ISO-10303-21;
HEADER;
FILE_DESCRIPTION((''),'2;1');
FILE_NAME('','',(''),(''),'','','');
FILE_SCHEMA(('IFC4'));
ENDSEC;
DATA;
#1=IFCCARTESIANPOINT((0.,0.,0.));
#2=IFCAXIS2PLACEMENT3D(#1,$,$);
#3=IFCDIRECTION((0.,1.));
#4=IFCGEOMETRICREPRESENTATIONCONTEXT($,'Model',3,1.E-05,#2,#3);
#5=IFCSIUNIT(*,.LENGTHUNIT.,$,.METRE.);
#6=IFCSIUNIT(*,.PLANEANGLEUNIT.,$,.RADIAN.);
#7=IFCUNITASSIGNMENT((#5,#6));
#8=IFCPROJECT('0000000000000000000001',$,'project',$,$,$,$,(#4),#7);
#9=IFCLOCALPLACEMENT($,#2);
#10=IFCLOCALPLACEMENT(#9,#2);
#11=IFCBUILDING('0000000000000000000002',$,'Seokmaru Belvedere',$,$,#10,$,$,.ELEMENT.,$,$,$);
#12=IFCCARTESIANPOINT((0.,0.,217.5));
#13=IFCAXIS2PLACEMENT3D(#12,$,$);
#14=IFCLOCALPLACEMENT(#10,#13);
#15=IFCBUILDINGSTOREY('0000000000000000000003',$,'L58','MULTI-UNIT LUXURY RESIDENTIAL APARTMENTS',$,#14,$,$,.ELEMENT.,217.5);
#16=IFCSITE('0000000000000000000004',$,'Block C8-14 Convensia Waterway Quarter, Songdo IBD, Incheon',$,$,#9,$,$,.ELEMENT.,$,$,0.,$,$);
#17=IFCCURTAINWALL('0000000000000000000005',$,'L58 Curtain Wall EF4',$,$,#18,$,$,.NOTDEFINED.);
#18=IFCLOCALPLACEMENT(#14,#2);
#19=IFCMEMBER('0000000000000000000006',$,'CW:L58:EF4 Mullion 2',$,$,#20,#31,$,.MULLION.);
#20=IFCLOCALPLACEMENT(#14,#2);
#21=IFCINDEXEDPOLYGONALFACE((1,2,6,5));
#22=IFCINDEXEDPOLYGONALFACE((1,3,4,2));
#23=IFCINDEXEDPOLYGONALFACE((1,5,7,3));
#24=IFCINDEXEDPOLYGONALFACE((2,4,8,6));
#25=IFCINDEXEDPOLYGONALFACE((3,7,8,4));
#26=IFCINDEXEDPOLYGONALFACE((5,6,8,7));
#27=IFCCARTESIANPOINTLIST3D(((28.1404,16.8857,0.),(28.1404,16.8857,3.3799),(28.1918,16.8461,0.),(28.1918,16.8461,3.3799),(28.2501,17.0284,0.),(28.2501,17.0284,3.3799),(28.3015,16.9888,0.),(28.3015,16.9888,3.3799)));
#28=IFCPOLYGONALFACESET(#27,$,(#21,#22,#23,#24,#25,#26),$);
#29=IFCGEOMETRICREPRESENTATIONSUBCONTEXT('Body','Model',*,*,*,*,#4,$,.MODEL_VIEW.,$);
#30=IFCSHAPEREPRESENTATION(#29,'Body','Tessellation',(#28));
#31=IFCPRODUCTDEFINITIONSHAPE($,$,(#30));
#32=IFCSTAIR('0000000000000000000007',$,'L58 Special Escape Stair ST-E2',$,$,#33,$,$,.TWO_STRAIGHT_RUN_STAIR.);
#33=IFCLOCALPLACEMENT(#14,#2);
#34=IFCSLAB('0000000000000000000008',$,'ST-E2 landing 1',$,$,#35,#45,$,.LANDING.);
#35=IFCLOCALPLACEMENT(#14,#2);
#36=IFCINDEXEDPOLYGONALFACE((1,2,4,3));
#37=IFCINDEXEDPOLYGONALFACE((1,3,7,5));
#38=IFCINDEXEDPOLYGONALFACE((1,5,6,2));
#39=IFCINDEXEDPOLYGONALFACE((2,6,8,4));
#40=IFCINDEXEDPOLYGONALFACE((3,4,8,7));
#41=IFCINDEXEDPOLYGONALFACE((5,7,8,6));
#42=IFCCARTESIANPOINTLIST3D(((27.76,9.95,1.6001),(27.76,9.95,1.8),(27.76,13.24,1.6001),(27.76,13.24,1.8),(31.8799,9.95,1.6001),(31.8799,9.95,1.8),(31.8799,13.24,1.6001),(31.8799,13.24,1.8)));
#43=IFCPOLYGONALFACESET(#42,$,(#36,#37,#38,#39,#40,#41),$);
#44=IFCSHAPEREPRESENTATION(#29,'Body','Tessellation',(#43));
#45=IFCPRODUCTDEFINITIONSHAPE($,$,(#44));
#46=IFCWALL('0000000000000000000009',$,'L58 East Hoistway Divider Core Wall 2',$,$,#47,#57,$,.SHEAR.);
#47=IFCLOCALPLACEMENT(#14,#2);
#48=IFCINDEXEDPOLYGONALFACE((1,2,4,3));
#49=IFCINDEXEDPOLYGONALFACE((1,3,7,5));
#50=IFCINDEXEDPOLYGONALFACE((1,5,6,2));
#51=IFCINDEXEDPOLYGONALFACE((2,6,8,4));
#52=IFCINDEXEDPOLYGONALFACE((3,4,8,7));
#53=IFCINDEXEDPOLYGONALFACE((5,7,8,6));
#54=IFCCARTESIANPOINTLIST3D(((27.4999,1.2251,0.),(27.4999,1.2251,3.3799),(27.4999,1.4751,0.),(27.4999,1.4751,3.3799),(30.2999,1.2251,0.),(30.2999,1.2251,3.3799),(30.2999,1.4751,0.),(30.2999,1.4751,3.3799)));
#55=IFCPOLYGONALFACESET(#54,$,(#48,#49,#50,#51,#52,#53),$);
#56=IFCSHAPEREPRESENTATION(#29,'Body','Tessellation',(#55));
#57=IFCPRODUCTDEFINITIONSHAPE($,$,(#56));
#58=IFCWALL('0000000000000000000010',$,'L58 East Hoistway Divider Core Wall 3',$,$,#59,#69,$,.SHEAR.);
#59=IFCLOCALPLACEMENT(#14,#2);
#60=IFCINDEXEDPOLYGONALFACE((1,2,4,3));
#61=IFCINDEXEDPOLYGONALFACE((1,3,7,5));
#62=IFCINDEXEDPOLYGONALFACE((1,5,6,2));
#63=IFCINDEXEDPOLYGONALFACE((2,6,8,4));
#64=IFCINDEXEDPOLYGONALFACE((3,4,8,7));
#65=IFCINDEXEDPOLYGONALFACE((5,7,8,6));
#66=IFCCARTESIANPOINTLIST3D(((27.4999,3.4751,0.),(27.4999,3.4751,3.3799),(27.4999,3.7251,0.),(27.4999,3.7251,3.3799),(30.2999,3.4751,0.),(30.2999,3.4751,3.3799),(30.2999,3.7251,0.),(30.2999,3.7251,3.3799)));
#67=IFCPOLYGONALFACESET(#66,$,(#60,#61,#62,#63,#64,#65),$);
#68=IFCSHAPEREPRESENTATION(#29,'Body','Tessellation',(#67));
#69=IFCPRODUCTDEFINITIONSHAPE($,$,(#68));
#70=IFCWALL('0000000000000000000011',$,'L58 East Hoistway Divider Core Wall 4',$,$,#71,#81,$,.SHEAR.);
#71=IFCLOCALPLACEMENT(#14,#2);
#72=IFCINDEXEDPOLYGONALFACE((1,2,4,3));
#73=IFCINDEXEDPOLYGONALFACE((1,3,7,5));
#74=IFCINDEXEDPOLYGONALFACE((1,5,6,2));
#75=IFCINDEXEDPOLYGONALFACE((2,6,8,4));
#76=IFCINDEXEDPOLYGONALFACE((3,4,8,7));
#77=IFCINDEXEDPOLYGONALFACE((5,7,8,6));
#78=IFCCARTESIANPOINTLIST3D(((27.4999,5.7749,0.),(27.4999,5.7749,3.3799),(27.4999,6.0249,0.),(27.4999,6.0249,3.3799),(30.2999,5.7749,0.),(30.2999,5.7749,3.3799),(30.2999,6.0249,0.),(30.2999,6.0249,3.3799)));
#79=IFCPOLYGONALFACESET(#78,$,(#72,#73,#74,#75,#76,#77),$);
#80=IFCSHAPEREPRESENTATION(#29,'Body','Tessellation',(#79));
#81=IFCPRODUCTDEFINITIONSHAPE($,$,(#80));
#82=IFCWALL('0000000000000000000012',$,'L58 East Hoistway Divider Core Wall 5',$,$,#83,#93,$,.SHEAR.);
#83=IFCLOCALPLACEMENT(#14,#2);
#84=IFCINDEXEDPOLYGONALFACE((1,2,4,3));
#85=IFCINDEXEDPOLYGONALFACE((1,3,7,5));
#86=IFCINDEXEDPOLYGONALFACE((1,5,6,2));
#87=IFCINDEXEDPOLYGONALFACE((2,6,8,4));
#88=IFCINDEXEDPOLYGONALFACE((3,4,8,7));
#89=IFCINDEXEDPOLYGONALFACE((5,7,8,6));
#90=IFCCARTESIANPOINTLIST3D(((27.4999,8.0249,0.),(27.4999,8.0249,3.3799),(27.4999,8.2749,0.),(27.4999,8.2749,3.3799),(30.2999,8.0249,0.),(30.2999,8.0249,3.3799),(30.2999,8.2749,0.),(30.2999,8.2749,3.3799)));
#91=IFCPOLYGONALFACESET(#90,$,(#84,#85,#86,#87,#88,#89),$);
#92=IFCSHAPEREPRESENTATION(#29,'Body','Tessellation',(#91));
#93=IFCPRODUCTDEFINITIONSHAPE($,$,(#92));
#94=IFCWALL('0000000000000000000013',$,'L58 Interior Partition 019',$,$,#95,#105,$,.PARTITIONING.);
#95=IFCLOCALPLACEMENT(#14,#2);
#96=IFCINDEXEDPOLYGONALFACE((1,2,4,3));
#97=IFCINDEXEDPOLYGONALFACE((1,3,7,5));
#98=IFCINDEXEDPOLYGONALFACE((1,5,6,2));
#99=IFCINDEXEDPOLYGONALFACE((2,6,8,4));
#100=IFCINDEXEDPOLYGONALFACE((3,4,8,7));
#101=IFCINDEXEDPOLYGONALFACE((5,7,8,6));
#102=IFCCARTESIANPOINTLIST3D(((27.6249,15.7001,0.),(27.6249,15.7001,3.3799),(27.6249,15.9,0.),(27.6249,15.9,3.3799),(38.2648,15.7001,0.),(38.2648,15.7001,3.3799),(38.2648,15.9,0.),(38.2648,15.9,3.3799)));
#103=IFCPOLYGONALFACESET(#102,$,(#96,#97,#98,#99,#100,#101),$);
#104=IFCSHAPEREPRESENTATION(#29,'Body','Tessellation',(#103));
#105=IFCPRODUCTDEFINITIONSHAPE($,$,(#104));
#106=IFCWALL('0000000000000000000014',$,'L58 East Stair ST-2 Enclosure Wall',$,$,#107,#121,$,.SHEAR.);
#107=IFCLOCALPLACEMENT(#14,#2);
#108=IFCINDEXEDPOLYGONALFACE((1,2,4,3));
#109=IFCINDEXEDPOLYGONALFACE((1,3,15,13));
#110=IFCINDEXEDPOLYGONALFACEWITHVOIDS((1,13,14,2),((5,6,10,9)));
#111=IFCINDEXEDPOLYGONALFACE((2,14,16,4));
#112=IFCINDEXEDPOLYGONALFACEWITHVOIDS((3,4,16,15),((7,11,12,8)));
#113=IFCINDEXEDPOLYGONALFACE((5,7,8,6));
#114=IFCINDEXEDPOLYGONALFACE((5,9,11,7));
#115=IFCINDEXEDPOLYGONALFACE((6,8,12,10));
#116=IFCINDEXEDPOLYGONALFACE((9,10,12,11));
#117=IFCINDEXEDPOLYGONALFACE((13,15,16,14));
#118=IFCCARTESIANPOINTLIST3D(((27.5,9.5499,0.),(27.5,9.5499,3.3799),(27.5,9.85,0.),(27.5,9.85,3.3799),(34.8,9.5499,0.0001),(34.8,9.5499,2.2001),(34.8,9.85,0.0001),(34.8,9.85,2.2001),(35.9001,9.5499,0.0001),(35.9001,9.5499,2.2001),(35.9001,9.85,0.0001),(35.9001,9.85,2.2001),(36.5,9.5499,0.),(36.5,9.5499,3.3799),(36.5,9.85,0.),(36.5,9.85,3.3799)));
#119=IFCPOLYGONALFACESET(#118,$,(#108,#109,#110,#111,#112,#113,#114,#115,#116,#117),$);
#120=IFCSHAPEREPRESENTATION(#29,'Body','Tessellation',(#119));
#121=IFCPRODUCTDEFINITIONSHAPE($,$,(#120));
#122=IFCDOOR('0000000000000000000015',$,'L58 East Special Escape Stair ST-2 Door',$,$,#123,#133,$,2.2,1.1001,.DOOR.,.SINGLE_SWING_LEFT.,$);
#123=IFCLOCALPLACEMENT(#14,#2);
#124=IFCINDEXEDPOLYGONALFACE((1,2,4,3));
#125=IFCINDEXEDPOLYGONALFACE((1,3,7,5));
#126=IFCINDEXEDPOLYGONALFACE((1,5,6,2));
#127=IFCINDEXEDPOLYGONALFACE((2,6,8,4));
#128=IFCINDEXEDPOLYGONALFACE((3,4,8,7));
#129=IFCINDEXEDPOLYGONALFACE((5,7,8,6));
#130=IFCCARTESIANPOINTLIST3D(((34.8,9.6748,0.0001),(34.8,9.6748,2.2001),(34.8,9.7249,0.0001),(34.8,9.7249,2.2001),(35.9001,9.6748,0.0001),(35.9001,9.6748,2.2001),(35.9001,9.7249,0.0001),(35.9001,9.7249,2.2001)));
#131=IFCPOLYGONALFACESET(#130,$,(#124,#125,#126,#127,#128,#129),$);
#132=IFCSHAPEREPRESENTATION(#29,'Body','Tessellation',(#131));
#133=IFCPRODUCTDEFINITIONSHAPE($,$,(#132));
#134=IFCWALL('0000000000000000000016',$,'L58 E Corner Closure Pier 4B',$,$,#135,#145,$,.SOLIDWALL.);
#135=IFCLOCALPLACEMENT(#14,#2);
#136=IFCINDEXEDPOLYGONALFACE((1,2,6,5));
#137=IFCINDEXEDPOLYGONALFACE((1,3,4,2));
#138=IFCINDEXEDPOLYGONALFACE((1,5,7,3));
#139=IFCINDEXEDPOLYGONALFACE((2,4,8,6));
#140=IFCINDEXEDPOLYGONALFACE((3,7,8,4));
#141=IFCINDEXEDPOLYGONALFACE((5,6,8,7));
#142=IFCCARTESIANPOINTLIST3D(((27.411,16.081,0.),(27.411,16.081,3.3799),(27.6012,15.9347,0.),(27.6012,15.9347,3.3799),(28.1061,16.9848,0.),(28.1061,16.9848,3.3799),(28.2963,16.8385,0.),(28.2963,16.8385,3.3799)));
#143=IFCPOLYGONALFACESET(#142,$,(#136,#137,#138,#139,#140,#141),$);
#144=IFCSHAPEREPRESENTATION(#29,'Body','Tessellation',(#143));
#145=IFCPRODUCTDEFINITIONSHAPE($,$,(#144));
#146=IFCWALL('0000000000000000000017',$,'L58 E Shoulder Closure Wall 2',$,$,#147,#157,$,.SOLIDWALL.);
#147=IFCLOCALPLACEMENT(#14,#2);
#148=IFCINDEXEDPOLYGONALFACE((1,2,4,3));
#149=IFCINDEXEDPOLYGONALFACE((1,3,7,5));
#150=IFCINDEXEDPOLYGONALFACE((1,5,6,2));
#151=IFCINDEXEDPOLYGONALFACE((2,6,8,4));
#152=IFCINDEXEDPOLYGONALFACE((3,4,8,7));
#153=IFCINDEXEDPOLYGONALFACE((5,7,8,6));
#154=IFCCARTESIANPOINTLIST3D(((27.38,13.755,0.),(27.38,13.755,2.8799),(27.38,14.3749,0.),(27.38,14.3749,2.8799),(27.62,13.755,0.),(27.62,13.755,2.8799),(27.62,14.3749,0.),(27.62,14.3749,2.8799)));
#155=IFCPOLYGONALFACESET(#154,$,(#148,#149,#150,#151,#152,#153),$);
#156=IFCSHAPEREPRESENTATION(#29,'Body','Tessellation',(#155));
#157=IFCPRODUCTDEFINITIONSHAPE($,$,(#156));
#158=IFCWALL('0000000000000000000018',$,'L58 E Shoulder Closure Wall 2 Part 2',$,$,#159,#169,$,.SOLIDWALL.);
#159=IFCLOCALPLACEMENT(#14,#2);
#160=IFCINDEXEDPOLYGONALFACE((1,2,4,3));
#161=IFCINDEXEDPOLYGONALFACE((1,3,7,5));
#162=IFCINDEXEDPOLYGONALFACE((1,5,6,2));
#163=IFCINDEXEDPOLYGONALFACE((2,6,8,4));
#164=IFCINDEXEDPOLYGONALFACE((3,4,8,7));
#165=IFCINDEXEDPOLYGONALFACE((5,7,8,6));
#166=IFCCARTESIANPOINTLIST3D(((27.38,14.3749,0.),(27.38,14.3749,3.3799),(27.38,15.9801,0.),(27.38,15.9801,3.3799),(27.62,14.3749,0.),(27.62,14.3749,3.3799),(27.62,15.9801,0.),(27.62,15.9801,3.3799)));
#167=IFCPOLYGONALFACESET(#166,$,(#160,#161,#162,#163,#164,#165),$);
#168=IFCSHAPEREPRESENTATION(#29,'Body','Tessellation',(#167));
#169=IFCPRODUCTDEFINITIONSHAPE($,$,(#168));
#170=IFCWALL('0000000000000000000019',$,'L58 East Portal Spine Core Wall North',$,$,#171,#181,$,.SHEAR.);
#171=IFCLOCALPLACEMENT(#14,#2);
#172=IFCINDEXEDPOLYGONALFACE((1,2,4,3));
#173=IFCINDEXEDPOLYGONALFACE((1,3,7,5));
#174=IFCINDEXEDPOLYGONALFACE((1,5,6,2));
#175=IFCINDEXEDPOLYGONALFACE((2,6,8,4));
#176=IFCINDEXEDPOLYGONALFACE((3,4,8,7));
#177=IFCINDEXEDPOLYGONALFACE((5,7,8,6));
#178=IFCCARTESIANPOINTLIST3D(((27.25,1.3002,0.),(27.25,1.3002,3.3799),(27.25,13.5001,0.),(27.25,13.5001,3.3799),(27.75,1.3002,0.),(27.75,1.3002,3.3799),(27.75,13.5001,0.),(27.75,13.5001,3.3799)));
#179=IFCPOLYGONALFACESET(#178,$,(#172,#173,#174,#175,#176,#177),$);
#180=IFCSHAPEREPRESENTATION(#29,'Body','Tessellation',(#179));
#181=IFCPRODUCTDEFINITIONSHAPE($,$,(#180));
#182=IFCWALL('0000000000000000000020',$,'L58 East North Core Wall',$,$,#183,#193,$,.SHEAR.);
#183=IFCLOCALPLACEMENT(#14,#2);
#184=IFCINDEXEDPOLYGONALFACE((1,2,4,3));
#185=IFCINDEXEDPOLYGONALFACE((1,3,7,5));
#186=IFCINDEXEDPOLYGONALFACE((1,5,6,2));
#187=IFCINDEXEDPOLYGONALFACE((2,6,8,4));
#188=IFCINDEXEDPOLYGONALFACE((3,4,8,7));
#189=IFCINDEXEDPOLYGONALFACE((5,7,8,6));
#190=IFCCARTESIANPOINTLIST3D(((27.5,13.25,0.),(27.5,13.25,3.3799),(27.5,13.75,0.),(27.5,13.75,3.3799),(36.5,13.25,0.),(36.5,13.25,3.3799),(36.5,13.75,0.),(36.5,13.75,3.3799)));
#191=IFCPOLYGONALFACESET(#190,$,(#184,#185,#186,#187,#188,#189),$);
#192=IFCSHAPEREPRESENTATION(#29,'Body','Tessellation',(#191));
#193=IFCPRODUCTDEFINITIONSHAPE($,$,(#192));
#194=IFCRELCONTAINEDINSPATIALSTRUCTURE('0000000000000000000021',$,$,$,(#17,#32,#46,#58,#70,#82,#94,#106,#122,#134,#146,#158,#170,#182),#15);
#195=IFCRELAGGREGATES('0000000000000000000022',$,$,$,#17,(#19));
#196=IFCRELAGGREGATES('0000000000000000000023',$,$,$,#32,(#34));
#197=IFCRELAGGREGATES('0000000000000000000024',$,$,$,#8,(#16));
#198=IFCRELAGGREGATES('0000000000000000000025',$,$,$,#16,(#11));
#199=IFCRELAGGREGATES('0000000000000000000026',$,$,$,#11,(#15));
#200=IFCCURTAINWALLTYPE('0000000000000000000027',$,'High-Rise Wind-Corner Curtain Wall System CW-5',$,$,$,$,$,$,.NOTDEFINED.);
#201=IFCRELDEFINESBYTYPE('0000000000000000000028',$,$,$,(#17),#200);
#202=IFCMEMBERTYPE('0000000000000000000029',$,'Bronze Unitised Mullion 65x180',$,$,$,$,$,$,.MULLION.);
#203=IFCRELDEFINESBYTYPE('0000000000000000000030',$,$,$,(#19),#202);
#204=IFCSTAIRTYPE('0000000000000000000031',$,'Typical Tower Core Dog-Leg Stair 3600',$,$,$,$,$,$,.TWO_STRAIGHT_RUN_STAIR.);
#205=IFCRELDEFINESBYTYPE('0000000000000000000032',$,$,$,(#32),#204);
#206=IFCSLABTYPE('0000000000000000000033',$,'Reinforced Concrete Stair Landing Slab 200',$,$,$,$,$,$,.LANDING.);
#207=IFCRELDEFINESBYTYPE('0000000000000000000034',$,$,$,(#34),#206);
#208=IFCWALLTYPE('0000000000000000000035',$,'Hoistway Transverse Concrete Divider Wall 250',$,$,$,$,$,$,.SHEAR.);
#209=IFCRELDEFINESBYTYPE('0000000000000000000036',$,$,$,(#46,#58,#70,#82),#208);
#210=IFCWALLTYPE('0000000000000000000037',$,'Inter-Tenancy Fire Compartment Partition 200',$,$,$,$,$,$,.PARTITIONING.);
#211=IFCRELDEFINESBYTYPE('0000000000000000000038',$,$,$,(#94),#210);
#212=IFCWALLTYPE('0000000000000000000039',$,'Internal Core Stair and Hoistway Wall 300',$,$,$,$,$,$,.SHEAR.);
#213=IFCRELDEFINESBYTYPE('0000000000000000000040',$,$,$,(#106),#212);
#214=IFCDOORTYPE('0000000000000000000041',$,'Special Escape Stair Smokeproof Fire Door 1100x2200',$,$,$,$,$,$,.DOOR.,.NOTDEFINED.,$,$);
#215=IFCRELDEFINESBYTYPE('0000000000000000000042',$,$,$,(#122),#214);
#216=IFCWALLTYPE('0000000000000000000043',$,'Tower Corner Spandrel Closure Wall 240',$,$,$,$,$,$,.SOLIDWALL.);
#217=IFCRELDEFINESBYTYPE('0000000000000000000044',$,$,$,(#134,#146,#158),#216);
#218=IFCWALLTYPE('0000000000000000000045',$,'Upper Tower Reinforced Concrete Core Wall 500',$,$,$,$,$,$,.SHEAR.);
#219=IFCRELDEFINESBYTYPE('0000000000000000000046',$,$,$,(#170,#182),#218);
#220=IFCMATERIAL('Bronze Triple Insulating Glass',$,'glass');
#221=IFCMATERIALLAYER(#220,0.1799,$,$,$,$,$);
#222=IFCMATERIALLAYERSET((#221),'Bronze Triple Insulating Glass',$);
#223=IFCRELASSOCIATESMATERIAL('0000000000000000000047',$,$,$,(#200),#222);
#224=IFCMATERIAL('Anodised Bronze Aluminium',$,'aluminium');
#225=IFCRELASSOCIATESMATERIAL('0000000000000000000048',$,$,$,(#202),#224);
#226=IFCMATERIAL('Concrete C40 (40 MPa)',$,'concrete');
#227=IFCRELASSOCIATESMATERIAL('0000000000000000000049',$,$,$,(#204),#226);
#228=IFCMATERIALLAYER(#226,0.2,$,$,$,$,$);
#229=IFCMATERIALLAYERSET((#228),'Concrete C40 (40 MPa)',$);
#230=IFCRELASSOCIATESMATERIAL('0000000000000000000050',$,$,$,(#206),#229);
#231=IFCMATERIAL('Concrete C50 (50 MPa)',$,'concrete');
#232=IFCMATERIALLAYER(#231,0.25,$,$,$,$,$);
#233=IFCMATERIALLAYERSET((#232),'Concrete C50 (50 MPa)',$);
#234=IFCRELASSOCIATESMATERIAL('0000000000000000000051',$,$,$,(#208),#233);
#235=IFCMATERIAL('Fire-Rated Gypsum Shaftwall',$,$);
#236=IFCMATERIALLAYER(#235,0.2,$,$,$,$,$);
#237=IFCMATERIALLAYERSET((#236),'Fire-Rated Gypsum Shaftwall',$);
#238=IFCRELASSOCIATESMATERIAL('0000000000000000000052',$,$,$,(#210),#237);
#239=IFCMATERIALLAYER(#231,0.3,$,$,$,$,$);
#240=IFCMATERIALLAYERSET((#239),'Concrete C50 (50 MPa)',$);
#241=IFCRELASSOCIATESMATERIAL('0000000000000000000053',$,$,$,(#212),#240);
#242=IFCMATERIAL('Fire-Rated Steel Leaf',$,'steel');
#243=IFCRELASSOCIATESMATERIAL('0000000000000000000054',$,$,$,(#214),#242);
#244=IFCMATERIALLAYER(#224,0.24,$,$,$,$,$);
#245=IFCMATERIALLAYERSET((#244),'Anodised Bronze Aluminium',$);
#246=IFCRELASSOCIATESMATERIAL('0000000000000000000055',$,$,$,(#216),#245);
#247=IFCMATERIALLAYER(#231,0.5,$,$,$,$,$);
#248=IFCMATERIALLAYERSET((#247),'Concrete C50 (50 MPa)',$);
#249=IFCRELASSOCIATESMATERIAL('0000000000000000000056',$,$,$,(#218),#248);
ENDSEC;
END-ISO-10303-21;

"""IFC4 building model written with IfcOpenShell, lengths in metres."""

from ifc_helpers import new_model, si_unit, direction, frame, frame_2d, origin, origin_2d, place, context, subcontext, project, spatial, polyline, rectangle, outline, extrude, source, transform, mapped, material, layer, layer_set, material_profile, profile_set, type_object, type_shapes, element, fill, aggregate, save


model = new_model("IFC4")

# Units and contexts
model_context = context("Model", 3, precision=1e-05, world=origin(), true_north=direction((0.0, 1.0)))
body_context = subcontext(model_context, "Body", "Model", "MODEL_VIEW")
ifc_project = project(units=[si_unit("LENGTHUNIT", "METRE"), si_unit("PLANEANGLEUNIT", "RADIAN")], contexts=[model_context])

# Site, building, storey
site_placement = place(None, origin())
site = spatial("IfcSite", under=ifc_project, at=site_placement, Name="Block C8-14 Convensia Waterway Quarter, Songdo IBD, Incheon", CompositionType="ELEMENT", RefElevation=0.0)
building_placement = place(site_placement, origin())
building = spatial("IfcBuilding", under=site, at=building_placement, Name="Seokmaru Belvedere", CompositionType="ELEMENT")
storey_placement = place(building_placement, frame((0.0, 0.0, 217.5)))
storey = spatial("IfcBuildingStorey", under=building, at=storey_placement, Name="L58", Description="MULTI-UNIT LUXURY RESIDENTIAL APARTMENTS", CompositionType="ELEMENT", Elevation=217.5)

# Curtain wall, member
ifc_material_1 = material(Name="Bronze Triple Insulating Glass", Category="glass")
ifc_layer_1 = layer(ifc_material_1, 0.1799)
ifc_layer_set_1 = layer_set([ifc_layer_1], Name="Bronze Triple Insulating Glass")
curtain_wall_type = type_object("IfcCurtainWallType", Name="High-Rise Wind-Corner Curtain Wall System CW-5", PredefinedType="NOTDEFINED", material=ifc_layer_set_1)
curtain_wall_placement = place(storey_placement, origin())
curtain_wall = element("IfcCurtainWall", 1, at=curtain_wall_placement, inside=storey, type_object=curtain_wall_type, Name="L58 Curtain Wall EF4", PredefinedType="NOTDEFINED")
ifc_material_2 = material(Name="Anodised Bronze Aluminium", Category="aluminium")
ifc_material_profile_1 = material_profile(ifc_material_2, rectangle(XDim=0.0649, YDim=0.1799, at=origin_2d()), Name="CW-M-65x180")
ifc_profile_set_1 = profile_set([ifc_material_profile_1], Name="Anodised Bronze Aluminium")
member_type = type_object("IfcMemberType", Name="Bronze Unitised Mullion 65x180", PredefinedType="MULLION", material=ifc_profile_set_1)
shared_shape_1 = source(origin(), body_context, "Body", "SweptSolid", [
    extrude(rectangle(XDim=0.0649, YDim=0.1799, at=origin_2d()), origin(), (0.0, 0.0, 1.0), 3.3799),
])
type_shapes(member_type, [shared_shape_1])
member_placement = place(storey_placement, frame((28.2209, 16.9373, 0.0), z_axis=(0.0, 0.0, 1.0), x_axis=(0.792631, -0.609701, 0.0)))
member = element("IfcMember", 2, at=member_placement, type_object=member_type, Name="CW:L58:EF4 Mullion 2", PredefinedType="MULLION", context=body_context, shape_type="MappedRepresentation", body=[
    mapped(shared_shape_1, transform((0.0, 0.0, 0.0), scale=1.0)),
])
aggregate(curtain_wall, [member])

# Stair, slab
ifc_material_3 = material(Name="Concrete C40 (40 MPa)", Category="concrete")
stair_type = type_object("IfcStairType", Name="Typical Tower Core Dog-Leg Stair 3600", PredefinedType="TWO_STRAIGHT_RUN_STAIR", material=ifc_material_3)
stair_placement = place(storey_placement, origin())
stair = element("IfcStair", 3, at=stair_placement, inside=storey, type_object=stair_type, Name="L58 Special Escape Stair ST-E2", PredefinedType="TWO_STRAIGHT_RUN_STAIR")
ifc_layer_2 = layer(ifc_material_3, 0.2)
ifc_layer_set_2 = layer_set([ifc_layer_2], Name="Concrete C40 (40 MPa)")
slab_type = type_object("IfcSlabType", Name="Reinforced Concrete Stair Landing Slab 200", PredefinedType="LANDING", material=ifc_layer_set_2)
slab_placement = place(storey_placement, frame((0.0, 0.0, 1.6001)))
slab = element("IfcSlab", 4, at=slab_placement, type_object=slab_type, Name="ST-E2 landing 1", PredefinedType="LANDING", context=body_context, shape_type="SweptSolid", body=[
    extrude(outline(polyline([(27.76, 9.95), (31.8799, 9.95), (31.8799, 13.24), (27.76, 13.24), (27.76, 9.95)])), origin(), (0.0, 0.0, 1.0), 0.2),
])
aggregate(stair, [slab])

# Walls
ifc_material_4 = material(Name="Concrete C50 (50 MPa)", Category="concrete")
ifc_layer_3 = layer(ifc_material_4, 0.25)
ifc_layer_set_3 = layer_set([ifc_layer_3], Name="Concrete C50 (50 MPa)")
wall_type_1 = type_object("IfcWallType", Name="Hoistway Transverse Concrete Divider Wall 250", PredefinedType="SHEAR", material=ifc_layer_set_3)
for number, where, z_axis, x_axis, name in (
    (5, (27.5, 1.3501, 0.0), (0.0, 0.0, 1.0), (1.0, 0.0, 0.0), "L58 East Hoistway Divider Core Wall 2"),
    (6, (27.5, 3.6001, 0.0), (0.0, 0.0, 1.0), (1.0, 0.0, 0.0), "L58 East Hoistway Divider Core Wall 3"),
    (7, (27.5, 5.8999, 0.0), (0.0, 0.0, 1.0), (1.0, 0.0, 0.0), "L58 East Hoistway Divider Core Wall 4"),
    (8, (27.5, 8.1499, 0.0), (0.0, 0.0, 1.0), (1.0, 0.0, 0.0), "L58 East Hoistway Divider Core Wall 5"),
):
    element("IfcWall", number, at=place(storey_placement, frame(where, z_axis=z_axis, x_axis=x_axis)), inside=storey, type_object=wall_type_1, Name=name, PredefinedType="SHEAR", context=body_context, shape_type="SweptSolid", body=[
        extrude(rectangle(XDim=2.8, YDim=0.25, at=frame_2d((1.3999, 0.0))), origin(), (0.0, 0.0, 1.0), 3.3799),
    ])
ifc_material_5 = material(Name="Fire-Rated Gypsum Shaftwall")
ifc_layer_4 = layer(ifc_material_5, 0.2)
ifc_layer_set_4 = layer_set([ifc_layer_4], Name="Fire-Rated Gypsum Shaftwall")
wall_type_2 = type_object("IfcWallType", Name="Inter-Tenancy Fire Compartment Partition 200", PredefinedType="PARTITIONING", material=ifc_layer_set_4)
wall_1_placement = place(storey_placement, frame((27.625, 15.8, 0.0), z_axis=(0.0, 0.0, 1.0), x_axis=(1.0, 0.0, 0.0)))
element("IfcWall", 9, at=wall_1_placement, inside=storey, type_object=wall_type_2, Name="L58 Interior Partition 019", PredefinedType="PARTITIONING", context=body_context, shape_type="SweptSolid", body=[
    extrude(rectangle(XDim=10.6399, YDim=0.2, at=frame_2d((5.3198, 0.0))), origin(), (0.0, 0.0, 1.0), 3.3799),
])

# Wall, opening, door
ifc_layer_5 = layer(ifc_material_4, 0.3)
ifc_layer_set_5 = layer_set([ifc_layer_5], Name="Concrete C50 (50 MPa)")
wall_type_3 = type_object("IfcWallType", Name="Internal Core Stair and Hoistway Wall 300", PredefinedType="SHEAR", material=ifc_layer_set_5)
wall_2_placement = place(storey_placement, frame((27.5, 9.7, 0.0), z_axis=(0.0, 0.0, 1.0), x_axis=(1.0, 0.0, 0.0)))
wall_2 = element("IfcWall", 10, at=wall_2_placement, inside=storey, type_object=wall_type_3, Name="L58 East Stair ST-2 Enclosure Wall", PredefinedType="SHEAR", context=body_context, shape_type="SweptSolid", body=[
    extrude(rectangle(XDim=9.0, YDim=0.3, at=frame_2d((4.5, 0.0))), origin(), (0.0, 0.0, 1.0), 3.3799),
])
opening_placement = place(wall_2_placement, frame((7.3, 0.0, 0.0)))
opening = element("IfcOpeningElement", 11, at=opening_placement, cuts=wall_2, PredefinedType="OPENING", context=body_context, shape_type="SweptSolid", body=[
    extrude(rectangle(XDim=1.1001, YDim=2.2, at=frame_2d((0.55, 1.1001))), frame((0.0, 0.1602, 0.0), z_axis=(0.0, -1.0, 0.0), x_axis=(1.0, 0.0, 0.0)), (0.0, 0.0, 1.0), 0.3201),
])
ifc_material_6 = material(Name="Fire-Rated Steel Leaf", Category="steel")
door_type = type_object("IfcDoorType", Name="Special Escape Stair Smokeproof Fire Door 1100x2200", OperationType="NOTDEFINED", PredefinedType="DOOR", material=ifc_material_6)
shared_shape_2 = source(origin(), body_context, "Body", "SweptSolid", [
    extrude(rectangle(XDim=1.1001, YDim=2.2, at=frame_2d((0.55, 1.1001))), frame((0.0, 0.0249, 0.0), z_axis=(0.0, -1.0, 0.0), x_axis=(1.0, 0.0, 0.0)), (0.0, 0.0, 1.0), 0.05),
])
type_shapes(door_type, [shared_shape_2])
door_placement = place(opening_placement, origin())
door = element("IfcDoor", 12, at=door_placement, inside=storey, type_object=door_type, Name="L58 East Special Escape Stair ST-2 Door", OperationType="SINGLE_SWING_LEFT", OverallHeight=2.2, OverallWidth=1.1001, PredefinedType="DOOR", context=body_context, shape_type="MappedRepresentation", body=[
    mapped(shared_shape_2, transform((0.0, 0.0, 0.0), scale=1.0)),
])
fill(opening, door)

# Walls
ifc_layer_6 = layer(ifc_material_2, 0.24)
ifc_layer_set_6 = layer_set([ifc_layer_6], Name="Anodised Bronze Aluminium")
wall_type_4 = type_object("IfcWallType", Name="Tower Corner Spandrel Closure Wall 240", PredefinedType="SOLIDWALL", material=ifc_layer_set_6)
wall_3_placement = place(storey_placement, frame((28.2012, 16.9116, 0.0), z_axis=(0.0, 0.0, 1.0), x_axis=(-0.609618, -0.792696, 0.0)))
element("IfcWall", 13, at=wall_3_placement, inside=storey, type_object=wall_type_4, Name="L58 E Corner Closure Pier 4B", PredefinedType="SOLIDWALL", context=body_context, shape_type="SweptSolid", body=[
    extrude(rectangle(XDim=1.1401, YDim=0.24, at=frame_2d((0.5701, 0.0))), origin(), (0.0, 0.0, 1.0), 3.3799),
])
wall_4_placement = place(storey_placement, frame((27.5, 13.7549, 0.0), z_axis=(0.0, 0.0, 1.0), x_axis=(0.0, 1.0, 0.0)))
element("IfcWall", 14, at=wall_4_placement, inside=storey, type_object=wall_type_4, Name="L58 E Shoulder Closure Wall 2", PredefinedType="SOLIDWALL", context=body_context, shape_type="SweptSolid", body=[
    extrude(rectangle(XDim=0.6199, YDim=0.24, at=frame_2d((0.3101, 0.0))), origin(), (0.0, 0.0, 1.0), 2.8799),
])
wall_5_placement = place(storey_placement, frame((27.5, 14.3748, 0.0), z_axis=(0.0, 0.0, 1.0), x_axis=(0.0, 1.0, 0.0)))
element("IfcWall", 15, at=wall_5_placement, inside=storey, type_object=wall_type_4, Name="L58 E Shoulder Closure Wall 2 Part 2", PredefinedType="SOLIDWALL", context=body_context, shape_type="SweptSolid", body=[
    extrude(rectangle(XDim=1.6052, YDim=0.24, at=frame_2d((0.8027, 0.0))), origin(), (0.0, 0.0, 1.0), 3.3799),
])
ifc_layer_7 = layer(ifc_material_4, 0.5)
ifc_layer_set_7 = layer_set([ifc_layer_7], Name="Concrete C50 (50 MPa)")
wall_type_5 = type_object("IfcWallType", Name="Upper Tower Reinforced Concrete Core Wall 500", PredefinedType="SHEAR", material=ifc_layer_set_7)
wall_6_placement = place(storey_placement, frame((27.5, 1.3, 0.0), z_axis=(0.0, 0.0, 1.0), x_axis=(0.0, 1.0, 0.0)))
element("IfcWall", 16, at=wall_6_placement, inside=storey, type_object=wall_type_5, Name="L58 East Portal Spine Core Wall North", PredefinedType="SHEAR", context=body_context, shape_type="SweptSolid", body=[
    extrude(rectangle(XDim=12.2, YDim=0.5, at=frame_2d((6.1001, 0.0))), origin(), (0.0, 0.0, 1.0), 3.3799),
])
wall_7_placement = place(storey_placement, frame((27.5, 13.5, 0.0), z_axis=(0.0, 0.0, 1.0), x_axis=(1.0, 0.0, 0.0)))
element("IfcWall", 17, at=wall_7_placement, inside=storey, type_object=wall_type_5, Name="L58 East North Core Wall", PredefinedType="SHEAR", context=body_context, shape_type="SweptSolid", body=[
    extrude(rectangle(XDim=9.0, YDim=0.5, at=frame_2d((4.5, 0.0))), origin(), (0.0, 0.0, 1.0), 3.3799),
])

save(model, "model.ifc")
